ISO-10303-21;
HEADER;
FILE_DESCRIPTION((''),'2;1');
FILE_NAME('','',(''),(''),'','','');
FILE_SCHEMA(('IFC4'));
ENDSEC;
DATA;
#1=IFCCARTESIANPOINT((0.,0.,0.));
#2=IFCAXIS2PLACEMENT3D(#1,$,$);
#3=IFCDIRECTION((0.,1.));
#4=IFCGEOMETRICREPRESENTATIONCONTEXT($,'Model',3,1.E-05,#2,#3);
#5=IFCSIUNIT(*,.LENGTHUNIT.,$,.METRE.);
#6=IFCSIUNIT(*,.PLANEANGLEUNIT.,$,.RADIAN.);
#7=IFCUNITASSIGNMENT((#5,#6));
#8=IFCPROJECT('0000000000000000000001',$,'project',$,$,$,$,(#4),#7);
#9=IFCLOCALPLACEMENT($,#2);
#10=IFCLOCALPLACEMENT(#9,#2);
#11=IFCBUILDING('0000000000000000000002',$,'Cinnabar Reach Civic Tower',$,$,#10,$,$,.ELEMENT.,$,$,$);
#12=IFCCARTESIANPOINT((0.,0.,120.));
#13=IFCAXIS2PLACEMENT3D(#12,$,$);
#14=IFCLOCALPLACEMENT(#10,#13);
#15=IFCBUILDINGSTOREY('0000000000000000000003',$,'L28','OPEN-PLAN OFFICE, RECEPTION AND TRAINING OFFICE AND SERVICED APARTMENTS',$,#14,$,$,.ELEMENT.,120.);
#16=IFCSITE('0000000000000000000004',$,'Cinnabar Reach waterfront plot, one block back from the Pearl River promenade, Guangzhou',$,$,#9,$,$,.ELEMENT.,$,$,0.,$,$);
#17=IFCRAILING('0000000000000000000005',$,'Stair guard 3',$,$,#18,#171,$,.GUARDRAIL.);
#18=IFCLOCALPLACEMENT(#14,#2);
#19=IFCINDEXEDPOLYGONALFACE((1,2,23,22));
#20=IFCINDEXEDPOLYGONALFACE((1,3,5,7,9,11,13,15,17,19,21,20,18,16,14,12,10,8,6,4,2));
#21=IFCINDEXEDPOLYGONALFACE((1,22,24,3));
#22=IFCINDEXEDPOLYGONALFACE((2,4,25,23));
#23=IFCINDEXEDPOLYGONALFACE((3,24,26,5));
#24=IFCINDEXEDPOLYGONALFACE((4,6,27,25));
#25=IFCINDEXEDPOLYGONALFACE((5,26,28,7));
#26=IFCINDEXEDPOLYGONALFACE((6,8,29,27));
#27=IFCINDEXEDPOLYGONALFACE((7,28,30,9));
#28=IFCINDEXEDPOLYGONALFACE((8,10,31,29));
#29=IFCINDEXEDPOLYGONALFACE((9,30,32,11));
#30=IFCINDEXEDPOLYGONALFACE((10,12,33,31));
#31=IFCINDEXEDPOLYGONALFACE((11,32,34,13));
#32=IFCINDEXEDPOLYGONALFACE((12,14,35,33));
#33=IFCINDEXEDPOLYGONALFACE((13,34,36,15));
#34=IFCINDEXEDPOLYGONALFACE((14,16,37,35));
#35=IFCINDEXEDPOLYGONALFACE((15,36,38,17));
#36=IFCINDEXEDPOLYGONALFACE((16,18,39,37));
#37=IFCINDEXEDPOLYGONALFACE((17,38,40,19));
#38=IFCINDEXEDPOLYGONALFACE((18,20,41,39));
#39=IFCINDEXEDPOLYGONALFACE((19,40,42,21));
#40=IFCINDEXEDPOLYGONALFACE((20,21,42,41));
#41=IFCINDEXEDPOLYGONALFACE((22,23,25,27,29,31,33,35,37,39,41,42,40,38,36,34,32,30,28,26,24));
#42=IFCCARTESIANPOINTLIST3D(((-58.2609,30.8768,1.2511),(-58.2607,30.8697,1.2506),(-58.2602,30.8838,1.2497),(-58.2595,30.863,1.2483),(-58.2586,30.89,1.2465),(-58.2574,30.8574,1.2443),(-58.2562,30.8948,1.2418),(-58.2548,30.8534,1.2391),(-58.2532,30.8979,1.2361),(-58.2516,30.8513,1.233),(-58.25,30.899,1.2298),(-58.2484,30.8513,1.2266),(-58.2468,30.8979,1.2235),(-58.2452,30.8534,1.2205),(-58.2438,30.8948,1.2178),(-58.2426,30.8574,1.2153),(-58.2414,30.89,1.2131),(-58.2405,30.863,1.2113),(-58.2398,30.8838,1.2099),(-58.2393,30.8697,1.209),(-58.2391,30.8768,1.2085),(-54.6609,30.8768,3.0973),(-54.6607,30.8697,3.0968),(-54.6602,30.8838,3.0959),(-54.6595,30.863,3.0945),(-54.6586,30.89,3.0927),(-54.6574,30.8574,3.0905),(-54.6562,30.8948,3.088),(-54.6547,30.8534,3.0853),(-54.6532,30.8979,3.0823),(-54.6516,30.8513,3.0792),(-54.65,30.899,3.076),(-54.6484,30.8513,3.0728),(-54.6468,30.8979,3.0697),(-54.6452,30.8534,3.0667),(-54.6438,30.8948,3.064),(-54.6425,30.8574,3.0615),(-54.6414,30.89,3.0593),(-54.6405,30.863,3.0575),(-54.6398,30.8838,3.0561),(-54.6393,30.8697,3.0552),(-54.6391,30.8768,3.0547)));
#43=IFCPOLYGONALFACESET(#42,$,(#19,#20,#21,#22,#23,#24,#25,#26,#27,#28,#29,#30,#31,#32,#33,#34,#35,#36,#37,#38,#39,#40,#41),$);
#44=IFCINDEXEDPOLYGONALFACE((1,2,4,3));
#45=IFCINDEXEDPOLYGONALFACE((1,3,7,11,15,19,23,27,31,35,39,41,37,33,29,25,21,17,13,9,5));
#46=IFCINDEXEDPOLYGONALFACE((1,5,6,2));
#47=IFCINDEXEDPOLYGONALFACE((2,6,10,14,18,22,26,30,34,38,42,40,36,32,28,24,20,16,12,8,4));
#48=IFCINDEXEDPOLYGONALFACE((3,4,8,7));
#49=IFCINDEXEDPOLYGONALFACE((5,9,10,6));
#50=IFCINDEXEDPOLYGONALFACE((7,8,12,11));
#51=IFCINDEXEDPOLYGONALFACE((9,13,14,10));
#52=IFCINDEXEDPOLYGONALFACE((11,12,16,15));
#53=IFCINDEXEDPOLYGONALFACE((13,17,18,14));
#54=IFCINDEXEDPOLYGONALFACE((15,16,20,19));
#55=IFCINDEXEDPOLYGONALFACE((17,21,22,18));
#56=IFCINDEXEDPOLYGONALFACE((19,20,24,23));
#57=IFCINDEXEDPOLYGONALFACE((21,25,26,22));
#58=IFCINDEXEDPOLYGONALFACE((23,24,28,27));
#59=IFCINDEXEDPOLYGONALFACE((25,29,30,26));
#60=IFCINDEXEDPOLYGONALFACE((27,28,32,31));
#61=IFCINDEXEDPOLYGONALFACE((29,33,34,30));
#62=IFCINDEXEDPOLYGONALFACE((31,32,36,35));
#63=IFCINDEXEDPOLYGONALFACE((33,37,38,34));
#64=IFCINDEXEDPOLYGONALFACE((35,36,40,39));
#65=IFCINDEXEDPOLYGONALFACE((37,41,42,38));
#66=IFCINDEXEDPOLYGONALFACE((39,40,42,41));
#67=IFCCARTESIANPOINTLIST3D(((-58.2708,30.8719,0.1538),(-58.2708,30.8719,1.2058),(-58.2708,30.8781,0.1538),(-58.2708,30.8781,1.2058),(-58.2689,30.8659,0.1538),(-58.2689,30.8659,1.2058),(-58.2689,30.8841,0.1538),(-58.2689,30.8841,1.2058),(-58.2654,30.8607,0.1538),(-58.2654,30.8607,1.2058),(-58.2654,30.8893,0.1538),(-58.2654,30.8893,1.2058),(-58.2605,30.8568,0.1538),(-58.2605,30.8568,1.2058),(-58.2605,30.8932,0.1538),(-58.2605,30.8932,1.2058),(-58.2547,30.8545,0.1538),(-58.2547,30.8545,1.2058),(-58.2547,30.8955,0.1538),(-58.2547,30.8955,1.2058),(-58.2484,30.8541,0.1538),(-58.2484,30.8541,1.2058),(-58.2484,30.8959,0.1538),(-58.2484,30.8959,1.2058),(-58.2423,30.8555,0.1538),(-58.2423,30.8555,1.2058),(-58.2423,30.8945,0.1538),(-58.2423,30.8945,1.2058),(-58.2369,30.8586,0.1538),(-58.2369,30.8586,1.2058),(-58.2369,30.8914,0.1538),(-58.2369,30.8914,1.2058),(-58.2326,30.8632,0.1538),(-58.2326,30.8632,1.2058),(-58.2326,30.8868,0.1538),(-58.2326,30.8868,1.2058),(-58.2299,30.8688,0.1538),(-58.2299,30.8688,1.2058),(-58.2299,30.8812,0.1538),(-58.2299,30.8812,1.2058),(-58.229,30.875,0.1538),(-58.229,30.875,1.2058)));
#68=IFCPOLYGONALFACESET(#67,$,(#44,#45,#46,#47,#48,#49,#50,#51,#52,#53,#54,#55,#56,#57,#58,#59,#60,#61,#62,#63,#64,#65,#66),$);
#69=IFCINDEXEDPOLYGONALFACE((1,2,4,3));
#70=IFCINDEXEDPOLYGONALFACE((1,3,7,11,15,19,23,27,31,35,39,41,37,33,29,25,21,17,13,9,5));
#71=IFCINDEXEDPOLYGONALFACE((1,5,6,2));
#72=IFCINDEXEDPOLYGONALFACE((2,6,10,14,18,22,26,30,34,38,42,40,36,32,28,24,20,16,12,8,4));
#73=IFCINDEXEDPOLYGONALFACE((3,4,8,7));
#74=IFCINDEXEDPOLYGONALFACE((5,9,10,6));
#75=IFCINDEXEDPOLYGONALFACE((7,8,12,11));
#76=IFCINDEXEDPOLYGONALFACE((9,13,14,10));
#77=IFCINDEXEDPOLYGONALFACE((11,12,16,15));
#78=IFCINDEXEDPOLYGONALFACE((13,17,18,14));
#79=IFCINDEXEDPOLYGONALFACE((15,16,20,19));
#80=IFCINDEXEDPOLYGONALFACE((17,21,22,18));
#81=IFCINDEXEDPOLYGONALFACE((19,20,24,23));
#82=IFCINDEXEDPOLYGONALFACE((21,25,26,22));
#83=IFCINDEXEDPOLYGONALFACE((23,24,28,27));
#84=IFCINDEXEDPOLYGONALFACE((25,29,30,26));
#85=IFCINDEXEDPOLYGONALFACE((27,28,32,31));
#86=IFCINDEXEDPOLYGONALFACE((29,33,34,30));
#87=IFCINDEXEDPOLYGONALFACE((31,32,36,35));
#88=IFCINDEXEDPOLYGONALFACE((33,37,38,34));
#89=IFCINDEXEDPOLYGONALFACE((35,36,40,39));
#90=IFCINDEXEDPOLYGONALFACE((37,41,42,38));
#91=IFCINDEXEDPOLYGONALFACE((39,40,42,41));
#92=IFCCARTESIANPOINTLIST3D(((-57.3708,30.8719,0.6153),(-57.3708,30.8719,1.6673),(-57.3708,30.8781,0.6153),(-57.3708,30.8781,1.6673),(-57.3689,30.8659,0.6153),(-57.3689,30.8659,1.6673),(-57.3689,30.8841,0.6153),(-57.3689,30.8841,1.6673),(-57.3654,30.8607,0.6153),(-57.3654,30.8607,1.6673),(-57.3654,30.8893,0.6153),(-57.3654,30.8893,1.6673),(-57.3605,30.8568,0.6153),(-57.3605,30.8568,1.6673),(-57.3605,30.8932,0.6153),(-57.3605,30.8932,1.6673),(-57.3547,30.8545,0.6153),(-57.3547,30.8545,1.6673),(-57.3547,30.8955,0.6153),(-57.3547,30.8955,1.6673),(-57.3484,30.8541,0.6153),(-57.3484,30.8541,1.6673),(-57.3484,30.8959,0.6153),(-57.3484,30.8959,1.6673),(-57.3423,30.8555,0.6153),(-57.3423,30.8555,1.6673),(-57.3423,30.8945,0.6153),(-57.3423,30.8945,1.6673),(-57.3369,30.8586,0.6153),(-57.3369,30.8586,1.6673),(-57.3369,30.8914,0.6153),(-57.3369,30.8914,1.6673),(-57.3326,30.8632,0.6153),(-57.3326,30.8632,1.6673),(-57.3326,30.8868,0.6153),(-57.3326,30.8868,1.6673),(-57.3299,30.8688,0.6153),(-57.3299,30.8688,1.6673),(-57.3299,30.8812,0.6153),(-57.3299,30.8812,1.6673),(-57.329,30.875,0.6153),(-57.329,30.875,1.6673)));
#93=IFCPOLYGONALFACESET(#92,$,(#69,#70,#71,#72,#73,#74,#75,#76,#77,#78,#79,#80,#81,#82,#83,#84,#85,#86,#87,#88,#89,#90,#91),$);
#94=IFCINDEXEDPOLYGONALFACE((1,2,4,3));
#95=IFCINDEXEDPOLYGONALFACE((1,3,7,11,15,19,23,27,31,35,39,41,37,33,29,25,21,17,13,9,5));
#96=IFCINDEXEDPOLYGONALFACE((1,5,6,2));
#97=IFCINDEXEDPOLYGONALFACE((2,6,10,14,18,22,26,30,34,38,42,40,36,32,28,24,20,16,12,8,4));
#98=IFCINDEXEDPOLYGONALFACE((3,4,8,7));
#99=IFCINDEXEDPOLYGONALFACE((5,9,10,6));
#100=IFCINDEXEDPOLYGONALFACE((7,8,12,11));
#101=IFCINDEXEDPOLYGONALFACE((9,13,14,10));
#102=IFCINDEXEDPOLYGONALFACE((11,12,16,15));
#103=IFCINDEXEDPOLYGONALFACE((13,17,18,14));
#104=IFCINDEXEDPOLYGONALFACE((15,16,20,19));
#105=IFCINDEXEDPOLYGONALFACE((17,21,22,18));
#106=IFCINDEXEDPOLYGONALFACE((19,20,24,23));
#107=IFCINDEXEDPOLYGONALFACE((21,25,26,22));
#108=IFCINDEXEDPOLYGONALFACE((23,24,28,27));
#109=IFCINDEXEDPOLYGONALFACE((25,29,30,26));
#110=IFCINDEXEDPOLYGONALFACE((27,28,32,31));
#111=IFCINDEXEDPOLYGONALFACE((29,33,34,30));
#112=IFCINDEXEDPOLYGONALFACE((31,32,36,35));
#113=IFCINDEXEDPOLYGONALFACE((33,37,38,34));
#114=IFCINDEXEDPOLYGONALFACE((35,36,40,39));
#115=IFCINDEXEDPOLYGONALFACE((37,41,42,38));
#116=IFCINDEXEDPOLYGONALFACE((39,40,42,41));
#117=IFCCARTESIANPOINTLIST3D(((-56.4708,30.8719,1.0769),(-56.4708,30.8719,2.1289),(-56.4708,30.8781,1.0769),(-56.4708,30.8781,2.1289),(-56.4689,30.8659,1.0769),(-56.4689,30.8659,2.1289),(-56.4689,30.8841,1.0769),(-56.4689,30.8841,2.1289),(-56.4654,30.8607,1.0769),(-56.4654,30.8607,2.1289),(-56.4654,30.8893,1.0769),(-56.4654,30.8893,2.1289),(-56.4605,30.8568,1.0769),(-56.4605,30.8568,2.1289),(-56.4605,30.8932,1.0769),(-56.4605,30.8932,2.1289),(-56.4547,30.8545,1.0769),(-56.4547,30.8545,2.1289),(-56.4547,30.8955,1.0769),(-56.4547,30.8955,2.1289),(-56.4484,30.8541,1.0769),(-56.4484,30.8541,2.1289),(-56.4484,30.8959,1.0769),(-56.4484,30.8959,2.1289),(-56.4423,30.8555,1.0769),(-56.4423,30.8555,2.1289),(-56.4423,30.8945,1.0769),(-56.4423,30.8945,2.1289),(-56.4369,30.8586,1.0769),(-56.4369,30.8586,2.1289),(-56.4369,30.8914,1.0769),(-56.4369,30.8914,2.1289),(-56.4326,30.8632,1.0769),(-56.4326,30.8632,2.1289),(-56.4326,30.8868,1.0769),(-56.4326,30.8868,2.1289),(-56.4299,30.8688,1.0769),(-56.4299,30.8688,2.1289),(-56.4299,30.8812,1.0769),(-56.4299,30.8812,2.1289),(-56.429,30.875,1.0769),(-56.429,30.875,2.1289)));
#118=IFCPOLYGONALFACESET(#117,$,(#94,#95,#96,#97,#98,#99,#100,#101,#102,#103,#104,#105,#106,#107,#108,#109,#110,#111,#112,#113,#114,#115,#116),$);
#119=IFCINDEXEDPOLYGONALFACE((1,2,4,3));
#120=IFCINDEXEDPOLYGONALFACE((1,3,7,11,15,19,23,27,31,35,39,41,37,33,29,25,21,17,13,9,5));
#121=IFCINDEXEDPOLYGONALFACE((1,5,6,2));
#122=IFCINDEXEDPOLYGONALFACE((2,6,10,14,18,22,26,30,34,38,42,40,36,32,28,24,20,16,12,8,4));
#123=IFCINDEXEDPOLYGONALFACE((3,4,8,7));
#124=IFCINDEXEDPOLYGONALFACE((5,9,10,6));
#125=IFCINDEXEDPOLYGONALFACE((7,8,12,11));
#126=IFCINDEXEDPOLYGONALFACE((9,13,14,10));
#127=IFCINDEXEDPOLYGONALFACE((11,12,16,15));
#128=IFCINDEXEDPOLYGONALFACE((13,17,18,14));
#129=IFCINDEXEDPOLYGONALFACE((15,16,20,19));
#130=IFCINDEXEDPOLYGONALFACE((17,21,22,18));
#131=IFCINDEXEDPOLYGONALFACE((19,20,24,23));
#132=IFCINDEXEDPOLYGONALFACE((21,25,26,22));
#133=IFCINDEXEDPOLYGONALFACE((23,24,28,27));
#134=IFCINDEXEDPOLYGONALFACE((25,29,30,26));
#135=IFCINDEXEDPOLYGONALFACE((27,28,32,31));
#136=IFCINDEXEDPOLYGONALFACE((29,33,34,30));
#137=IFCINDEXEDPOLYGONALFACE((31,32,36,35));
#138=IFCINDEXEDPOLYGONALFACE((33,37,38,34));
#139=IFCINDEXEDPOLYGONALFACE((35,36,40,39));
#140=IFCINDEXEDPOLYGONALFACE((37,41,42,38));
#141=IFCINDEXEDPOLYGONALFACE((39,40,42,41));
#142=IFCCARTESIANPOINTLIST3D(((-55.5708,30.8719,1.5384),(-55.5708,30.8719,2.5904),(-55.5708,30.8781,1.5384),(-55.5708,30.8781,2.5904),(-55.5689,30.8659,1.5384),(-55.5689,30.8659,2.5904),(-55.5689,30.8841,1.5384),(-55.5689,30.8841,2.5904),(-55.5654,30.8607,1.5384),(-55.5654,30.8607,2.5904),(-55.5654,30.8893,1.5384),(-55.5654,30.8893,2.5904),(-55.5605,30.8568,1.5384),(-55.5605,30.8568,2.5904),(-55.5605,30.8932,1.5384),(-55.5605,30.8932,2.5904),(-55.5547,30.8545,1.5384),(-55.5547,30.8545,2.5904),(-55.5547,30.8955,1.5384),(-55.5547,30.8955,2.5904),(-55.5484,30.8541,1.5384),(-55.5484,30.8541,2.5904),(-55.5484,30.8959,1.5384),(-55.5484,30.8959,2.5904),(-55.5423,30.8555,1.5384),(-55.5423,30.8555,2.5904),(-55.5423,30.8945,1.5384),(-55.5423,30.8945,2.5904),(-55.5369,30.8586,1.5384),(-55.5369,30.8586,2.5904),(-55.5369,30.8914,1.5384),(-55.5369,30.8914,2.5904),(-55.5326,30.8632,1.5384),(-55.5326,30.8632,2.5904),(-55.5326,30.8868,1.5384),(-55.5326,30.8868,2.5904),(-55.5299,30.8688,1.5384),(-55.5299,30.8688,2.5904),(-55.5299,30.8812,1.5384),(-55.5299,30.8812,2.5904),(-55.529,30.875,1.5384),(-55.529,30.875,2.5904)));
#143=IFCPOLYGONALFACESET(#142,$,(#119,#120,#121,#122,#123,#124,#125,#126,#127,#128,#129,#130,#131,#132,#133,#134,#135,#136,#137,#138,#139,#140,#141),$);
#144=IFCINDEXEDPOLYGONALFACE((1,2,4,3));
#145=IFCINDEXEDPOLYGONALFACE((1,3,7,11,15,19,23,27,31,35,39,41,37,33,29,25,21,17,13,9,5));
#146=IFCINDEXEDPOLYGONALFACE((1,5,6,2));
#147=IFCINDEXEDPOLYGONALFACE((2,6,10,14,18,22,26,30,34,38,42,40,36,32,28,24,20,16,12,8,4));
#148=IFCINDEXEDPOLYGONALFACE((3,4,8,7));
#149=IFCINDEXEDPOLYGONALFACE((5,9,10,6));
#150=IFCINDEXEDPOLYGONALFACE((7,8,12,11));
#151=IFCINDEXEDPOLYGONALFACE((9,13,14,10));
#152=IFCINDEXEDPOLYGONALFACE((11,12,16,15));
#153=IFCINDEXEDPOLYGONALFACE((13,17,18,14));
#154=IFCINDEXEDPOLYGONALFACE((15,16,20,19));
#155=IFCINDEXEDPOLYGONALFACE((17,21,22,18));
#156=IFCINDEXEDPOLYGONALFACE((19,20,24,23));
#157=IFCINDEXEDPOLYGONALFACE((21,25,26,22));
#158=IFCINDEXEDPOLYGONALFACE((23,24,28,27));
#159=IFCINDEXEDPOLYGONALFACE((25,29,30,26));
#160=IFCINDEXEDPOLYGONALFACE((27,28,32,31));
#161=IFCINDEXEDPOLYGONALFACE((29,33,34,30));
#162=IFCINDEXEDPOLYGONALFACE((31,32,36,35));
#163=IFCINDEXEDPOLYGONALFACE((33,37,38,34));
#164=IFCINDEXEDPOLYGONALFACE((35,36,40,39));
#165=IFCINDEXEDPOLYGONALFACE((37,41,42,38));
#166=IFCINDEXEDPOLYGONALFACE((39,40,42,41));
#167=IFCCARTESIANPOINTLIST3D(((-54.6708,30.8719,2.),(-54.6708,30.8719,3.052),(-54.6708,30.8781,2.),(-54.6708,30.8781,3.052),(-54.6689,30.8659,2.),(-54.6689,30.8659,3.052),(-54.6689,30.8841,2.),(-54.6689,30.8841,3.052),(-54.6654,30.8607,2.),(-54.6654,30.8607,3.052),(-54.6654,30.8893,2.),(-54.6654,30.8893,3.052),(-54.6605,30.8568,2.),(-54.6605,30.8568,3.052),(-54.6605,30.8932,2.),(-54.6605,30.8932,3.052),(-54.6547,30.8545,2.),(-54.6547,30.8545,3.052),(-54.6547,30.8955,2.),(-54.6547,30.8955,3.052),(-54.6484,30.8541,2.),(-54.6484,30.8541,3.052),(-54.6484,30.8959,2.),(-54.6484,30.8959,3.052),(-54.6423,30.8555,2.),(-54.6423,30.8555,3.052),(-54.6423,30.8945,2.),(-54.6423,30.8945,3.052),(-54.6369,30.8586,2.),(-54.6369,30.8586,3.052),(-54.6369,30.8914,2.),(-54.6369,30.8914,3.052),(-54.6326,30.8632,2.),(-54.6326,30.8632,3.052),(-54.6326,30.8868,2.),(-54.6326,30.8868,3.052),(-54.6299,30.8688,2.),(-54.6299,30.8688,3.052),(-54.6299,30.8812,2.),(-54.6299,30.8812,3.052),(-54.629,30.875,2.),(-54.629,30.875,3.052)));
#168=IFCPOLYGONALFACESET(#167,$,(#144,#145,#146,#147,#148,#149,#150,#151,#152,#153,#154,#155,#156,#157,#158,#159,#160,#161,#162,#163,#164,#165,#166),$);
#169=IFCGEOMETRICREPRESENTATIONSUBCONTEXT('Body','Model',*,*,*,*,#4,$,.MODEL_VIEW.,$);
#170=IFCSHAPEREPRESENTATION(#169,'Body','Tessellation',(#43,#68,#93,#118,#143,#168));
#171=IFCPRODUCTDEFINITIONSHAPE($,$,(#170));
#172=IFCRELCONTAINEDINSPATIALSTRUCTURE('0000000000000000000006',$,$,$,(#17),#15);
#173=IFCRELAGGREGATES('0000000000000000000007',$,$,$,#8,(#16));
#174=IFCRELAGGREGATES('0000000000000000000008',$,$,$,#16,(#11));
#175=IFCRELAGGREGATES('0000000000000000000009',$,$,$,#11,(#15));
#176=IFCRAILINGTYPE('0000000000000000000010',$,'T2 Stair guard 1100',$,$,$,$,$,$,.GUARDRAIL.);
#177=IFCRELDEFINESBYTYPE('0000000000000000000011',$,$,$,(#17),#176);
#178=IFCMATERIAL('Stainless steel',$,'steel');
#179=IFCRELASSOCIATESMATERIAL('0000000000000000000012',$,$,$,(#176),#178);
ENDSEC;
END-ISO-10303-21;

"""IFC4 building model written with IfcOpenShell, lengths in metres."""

from ifc_helpers import new_model, si_unit, direction, frame, origin, origin_2d, place, context, subcontext, project, spatial, circle, extrude, material, type_object, element, save


model = new_model("IFC4")

# Units and contexts
model_context = context("Model", 3, precision=1e-05, world=origin(), true_north=direction((0.0, 1.0)))
body_context = subcontext(model_context, "Body", "Model", "MODEL_VIEW")
ifc_project = project(units=[si_unit("LENGTHUNIT", "METRE"), si_unit("PLANEANGLEUNIT", "RADIAN")], contexts=[model_context])

# Site, building, storey
site_placement = place(None, origin())
site = spatial("IfcSite", under=ifc_project, at=site_placement, Name="Cinnabar Reach waterfront plot, one block back from the Pearl River promenade, Guangzhou", CompositionType="ELEMENT", RefElevation=0.0)
building_placement = place(site_placement, origin())
building = spatial("IfcBuilding", under=site, at=building_placement, Name="Cinnabar Reach Civic Tower", CompositionType="ELEMENT")
storey_placement = place(building_placement, frame((0.0, 0.0, 120.0)))
storey = spatial("IfcBuildingStorey", under=building, at=storey_placement, Name="L28", Description="OPEN-PLAN OFFICE, RECEPTION AND TRAINING OFFICE AND SERVICED APARTMENTS", CompositionType="ELEMENT", Elevation=120.0)

# Railing
ifc_material_1 = material(Name="Stainless steel", Category="steel")
railing_type = type_object("IfcRailingType", Name="T2 Stair guard 1100", PredefinedType="GUARDRAIL", material=ifc_material_1)
railing_placement = place(storey_placement, frame((-58.25, 30.875, 0.1538)))
element("IfcRailing", 1, at=railing_placement, inside=storey, type_object=railing_type, Name="Stair guard 3", PredefinedType="GUARDRAIL", context=body_context, shape_type="SweptSolid", body=[
    extrude(circle(Radius=0.024, at=origin_2d()), frame((0.0, 0.0, 1.076), z_axis=(0.889813, 0.0, 0.456326), x_axis=(0.0, 1.0, 0.0)), (0.0, 0.0, 1.0), 4.0458),
    extrude(circle(Radius=0.021, at=origin_2d()), origin(), (0.0, 0.0, 1.0), 1.052),
    extrude(circle(Radius=0.021, at=origin_2d()), frame((0.9, 0.0, 0.4615)), (0.0, 0.0, 1.0), 1.052),
    extrude(circle(Radius=0.021, at=origin_2d()), frame((1.8, 0.0, 0.9231)), (0.0, 0.0, 1.0), 1.052),
    extrude(circle(Radius=0.021, at=origin_2d()), frame((2.7, 0.0, 1.3846)), (0.0, 0.0, 1.0), 1.052),
    extrude(circle(Radius=0.021, at=origin_2d()), frame((3.6, 0.0, 1.8462)), (0.0, 0.0, 1.0), 1.052),
])

save(model, "model.ifc")
